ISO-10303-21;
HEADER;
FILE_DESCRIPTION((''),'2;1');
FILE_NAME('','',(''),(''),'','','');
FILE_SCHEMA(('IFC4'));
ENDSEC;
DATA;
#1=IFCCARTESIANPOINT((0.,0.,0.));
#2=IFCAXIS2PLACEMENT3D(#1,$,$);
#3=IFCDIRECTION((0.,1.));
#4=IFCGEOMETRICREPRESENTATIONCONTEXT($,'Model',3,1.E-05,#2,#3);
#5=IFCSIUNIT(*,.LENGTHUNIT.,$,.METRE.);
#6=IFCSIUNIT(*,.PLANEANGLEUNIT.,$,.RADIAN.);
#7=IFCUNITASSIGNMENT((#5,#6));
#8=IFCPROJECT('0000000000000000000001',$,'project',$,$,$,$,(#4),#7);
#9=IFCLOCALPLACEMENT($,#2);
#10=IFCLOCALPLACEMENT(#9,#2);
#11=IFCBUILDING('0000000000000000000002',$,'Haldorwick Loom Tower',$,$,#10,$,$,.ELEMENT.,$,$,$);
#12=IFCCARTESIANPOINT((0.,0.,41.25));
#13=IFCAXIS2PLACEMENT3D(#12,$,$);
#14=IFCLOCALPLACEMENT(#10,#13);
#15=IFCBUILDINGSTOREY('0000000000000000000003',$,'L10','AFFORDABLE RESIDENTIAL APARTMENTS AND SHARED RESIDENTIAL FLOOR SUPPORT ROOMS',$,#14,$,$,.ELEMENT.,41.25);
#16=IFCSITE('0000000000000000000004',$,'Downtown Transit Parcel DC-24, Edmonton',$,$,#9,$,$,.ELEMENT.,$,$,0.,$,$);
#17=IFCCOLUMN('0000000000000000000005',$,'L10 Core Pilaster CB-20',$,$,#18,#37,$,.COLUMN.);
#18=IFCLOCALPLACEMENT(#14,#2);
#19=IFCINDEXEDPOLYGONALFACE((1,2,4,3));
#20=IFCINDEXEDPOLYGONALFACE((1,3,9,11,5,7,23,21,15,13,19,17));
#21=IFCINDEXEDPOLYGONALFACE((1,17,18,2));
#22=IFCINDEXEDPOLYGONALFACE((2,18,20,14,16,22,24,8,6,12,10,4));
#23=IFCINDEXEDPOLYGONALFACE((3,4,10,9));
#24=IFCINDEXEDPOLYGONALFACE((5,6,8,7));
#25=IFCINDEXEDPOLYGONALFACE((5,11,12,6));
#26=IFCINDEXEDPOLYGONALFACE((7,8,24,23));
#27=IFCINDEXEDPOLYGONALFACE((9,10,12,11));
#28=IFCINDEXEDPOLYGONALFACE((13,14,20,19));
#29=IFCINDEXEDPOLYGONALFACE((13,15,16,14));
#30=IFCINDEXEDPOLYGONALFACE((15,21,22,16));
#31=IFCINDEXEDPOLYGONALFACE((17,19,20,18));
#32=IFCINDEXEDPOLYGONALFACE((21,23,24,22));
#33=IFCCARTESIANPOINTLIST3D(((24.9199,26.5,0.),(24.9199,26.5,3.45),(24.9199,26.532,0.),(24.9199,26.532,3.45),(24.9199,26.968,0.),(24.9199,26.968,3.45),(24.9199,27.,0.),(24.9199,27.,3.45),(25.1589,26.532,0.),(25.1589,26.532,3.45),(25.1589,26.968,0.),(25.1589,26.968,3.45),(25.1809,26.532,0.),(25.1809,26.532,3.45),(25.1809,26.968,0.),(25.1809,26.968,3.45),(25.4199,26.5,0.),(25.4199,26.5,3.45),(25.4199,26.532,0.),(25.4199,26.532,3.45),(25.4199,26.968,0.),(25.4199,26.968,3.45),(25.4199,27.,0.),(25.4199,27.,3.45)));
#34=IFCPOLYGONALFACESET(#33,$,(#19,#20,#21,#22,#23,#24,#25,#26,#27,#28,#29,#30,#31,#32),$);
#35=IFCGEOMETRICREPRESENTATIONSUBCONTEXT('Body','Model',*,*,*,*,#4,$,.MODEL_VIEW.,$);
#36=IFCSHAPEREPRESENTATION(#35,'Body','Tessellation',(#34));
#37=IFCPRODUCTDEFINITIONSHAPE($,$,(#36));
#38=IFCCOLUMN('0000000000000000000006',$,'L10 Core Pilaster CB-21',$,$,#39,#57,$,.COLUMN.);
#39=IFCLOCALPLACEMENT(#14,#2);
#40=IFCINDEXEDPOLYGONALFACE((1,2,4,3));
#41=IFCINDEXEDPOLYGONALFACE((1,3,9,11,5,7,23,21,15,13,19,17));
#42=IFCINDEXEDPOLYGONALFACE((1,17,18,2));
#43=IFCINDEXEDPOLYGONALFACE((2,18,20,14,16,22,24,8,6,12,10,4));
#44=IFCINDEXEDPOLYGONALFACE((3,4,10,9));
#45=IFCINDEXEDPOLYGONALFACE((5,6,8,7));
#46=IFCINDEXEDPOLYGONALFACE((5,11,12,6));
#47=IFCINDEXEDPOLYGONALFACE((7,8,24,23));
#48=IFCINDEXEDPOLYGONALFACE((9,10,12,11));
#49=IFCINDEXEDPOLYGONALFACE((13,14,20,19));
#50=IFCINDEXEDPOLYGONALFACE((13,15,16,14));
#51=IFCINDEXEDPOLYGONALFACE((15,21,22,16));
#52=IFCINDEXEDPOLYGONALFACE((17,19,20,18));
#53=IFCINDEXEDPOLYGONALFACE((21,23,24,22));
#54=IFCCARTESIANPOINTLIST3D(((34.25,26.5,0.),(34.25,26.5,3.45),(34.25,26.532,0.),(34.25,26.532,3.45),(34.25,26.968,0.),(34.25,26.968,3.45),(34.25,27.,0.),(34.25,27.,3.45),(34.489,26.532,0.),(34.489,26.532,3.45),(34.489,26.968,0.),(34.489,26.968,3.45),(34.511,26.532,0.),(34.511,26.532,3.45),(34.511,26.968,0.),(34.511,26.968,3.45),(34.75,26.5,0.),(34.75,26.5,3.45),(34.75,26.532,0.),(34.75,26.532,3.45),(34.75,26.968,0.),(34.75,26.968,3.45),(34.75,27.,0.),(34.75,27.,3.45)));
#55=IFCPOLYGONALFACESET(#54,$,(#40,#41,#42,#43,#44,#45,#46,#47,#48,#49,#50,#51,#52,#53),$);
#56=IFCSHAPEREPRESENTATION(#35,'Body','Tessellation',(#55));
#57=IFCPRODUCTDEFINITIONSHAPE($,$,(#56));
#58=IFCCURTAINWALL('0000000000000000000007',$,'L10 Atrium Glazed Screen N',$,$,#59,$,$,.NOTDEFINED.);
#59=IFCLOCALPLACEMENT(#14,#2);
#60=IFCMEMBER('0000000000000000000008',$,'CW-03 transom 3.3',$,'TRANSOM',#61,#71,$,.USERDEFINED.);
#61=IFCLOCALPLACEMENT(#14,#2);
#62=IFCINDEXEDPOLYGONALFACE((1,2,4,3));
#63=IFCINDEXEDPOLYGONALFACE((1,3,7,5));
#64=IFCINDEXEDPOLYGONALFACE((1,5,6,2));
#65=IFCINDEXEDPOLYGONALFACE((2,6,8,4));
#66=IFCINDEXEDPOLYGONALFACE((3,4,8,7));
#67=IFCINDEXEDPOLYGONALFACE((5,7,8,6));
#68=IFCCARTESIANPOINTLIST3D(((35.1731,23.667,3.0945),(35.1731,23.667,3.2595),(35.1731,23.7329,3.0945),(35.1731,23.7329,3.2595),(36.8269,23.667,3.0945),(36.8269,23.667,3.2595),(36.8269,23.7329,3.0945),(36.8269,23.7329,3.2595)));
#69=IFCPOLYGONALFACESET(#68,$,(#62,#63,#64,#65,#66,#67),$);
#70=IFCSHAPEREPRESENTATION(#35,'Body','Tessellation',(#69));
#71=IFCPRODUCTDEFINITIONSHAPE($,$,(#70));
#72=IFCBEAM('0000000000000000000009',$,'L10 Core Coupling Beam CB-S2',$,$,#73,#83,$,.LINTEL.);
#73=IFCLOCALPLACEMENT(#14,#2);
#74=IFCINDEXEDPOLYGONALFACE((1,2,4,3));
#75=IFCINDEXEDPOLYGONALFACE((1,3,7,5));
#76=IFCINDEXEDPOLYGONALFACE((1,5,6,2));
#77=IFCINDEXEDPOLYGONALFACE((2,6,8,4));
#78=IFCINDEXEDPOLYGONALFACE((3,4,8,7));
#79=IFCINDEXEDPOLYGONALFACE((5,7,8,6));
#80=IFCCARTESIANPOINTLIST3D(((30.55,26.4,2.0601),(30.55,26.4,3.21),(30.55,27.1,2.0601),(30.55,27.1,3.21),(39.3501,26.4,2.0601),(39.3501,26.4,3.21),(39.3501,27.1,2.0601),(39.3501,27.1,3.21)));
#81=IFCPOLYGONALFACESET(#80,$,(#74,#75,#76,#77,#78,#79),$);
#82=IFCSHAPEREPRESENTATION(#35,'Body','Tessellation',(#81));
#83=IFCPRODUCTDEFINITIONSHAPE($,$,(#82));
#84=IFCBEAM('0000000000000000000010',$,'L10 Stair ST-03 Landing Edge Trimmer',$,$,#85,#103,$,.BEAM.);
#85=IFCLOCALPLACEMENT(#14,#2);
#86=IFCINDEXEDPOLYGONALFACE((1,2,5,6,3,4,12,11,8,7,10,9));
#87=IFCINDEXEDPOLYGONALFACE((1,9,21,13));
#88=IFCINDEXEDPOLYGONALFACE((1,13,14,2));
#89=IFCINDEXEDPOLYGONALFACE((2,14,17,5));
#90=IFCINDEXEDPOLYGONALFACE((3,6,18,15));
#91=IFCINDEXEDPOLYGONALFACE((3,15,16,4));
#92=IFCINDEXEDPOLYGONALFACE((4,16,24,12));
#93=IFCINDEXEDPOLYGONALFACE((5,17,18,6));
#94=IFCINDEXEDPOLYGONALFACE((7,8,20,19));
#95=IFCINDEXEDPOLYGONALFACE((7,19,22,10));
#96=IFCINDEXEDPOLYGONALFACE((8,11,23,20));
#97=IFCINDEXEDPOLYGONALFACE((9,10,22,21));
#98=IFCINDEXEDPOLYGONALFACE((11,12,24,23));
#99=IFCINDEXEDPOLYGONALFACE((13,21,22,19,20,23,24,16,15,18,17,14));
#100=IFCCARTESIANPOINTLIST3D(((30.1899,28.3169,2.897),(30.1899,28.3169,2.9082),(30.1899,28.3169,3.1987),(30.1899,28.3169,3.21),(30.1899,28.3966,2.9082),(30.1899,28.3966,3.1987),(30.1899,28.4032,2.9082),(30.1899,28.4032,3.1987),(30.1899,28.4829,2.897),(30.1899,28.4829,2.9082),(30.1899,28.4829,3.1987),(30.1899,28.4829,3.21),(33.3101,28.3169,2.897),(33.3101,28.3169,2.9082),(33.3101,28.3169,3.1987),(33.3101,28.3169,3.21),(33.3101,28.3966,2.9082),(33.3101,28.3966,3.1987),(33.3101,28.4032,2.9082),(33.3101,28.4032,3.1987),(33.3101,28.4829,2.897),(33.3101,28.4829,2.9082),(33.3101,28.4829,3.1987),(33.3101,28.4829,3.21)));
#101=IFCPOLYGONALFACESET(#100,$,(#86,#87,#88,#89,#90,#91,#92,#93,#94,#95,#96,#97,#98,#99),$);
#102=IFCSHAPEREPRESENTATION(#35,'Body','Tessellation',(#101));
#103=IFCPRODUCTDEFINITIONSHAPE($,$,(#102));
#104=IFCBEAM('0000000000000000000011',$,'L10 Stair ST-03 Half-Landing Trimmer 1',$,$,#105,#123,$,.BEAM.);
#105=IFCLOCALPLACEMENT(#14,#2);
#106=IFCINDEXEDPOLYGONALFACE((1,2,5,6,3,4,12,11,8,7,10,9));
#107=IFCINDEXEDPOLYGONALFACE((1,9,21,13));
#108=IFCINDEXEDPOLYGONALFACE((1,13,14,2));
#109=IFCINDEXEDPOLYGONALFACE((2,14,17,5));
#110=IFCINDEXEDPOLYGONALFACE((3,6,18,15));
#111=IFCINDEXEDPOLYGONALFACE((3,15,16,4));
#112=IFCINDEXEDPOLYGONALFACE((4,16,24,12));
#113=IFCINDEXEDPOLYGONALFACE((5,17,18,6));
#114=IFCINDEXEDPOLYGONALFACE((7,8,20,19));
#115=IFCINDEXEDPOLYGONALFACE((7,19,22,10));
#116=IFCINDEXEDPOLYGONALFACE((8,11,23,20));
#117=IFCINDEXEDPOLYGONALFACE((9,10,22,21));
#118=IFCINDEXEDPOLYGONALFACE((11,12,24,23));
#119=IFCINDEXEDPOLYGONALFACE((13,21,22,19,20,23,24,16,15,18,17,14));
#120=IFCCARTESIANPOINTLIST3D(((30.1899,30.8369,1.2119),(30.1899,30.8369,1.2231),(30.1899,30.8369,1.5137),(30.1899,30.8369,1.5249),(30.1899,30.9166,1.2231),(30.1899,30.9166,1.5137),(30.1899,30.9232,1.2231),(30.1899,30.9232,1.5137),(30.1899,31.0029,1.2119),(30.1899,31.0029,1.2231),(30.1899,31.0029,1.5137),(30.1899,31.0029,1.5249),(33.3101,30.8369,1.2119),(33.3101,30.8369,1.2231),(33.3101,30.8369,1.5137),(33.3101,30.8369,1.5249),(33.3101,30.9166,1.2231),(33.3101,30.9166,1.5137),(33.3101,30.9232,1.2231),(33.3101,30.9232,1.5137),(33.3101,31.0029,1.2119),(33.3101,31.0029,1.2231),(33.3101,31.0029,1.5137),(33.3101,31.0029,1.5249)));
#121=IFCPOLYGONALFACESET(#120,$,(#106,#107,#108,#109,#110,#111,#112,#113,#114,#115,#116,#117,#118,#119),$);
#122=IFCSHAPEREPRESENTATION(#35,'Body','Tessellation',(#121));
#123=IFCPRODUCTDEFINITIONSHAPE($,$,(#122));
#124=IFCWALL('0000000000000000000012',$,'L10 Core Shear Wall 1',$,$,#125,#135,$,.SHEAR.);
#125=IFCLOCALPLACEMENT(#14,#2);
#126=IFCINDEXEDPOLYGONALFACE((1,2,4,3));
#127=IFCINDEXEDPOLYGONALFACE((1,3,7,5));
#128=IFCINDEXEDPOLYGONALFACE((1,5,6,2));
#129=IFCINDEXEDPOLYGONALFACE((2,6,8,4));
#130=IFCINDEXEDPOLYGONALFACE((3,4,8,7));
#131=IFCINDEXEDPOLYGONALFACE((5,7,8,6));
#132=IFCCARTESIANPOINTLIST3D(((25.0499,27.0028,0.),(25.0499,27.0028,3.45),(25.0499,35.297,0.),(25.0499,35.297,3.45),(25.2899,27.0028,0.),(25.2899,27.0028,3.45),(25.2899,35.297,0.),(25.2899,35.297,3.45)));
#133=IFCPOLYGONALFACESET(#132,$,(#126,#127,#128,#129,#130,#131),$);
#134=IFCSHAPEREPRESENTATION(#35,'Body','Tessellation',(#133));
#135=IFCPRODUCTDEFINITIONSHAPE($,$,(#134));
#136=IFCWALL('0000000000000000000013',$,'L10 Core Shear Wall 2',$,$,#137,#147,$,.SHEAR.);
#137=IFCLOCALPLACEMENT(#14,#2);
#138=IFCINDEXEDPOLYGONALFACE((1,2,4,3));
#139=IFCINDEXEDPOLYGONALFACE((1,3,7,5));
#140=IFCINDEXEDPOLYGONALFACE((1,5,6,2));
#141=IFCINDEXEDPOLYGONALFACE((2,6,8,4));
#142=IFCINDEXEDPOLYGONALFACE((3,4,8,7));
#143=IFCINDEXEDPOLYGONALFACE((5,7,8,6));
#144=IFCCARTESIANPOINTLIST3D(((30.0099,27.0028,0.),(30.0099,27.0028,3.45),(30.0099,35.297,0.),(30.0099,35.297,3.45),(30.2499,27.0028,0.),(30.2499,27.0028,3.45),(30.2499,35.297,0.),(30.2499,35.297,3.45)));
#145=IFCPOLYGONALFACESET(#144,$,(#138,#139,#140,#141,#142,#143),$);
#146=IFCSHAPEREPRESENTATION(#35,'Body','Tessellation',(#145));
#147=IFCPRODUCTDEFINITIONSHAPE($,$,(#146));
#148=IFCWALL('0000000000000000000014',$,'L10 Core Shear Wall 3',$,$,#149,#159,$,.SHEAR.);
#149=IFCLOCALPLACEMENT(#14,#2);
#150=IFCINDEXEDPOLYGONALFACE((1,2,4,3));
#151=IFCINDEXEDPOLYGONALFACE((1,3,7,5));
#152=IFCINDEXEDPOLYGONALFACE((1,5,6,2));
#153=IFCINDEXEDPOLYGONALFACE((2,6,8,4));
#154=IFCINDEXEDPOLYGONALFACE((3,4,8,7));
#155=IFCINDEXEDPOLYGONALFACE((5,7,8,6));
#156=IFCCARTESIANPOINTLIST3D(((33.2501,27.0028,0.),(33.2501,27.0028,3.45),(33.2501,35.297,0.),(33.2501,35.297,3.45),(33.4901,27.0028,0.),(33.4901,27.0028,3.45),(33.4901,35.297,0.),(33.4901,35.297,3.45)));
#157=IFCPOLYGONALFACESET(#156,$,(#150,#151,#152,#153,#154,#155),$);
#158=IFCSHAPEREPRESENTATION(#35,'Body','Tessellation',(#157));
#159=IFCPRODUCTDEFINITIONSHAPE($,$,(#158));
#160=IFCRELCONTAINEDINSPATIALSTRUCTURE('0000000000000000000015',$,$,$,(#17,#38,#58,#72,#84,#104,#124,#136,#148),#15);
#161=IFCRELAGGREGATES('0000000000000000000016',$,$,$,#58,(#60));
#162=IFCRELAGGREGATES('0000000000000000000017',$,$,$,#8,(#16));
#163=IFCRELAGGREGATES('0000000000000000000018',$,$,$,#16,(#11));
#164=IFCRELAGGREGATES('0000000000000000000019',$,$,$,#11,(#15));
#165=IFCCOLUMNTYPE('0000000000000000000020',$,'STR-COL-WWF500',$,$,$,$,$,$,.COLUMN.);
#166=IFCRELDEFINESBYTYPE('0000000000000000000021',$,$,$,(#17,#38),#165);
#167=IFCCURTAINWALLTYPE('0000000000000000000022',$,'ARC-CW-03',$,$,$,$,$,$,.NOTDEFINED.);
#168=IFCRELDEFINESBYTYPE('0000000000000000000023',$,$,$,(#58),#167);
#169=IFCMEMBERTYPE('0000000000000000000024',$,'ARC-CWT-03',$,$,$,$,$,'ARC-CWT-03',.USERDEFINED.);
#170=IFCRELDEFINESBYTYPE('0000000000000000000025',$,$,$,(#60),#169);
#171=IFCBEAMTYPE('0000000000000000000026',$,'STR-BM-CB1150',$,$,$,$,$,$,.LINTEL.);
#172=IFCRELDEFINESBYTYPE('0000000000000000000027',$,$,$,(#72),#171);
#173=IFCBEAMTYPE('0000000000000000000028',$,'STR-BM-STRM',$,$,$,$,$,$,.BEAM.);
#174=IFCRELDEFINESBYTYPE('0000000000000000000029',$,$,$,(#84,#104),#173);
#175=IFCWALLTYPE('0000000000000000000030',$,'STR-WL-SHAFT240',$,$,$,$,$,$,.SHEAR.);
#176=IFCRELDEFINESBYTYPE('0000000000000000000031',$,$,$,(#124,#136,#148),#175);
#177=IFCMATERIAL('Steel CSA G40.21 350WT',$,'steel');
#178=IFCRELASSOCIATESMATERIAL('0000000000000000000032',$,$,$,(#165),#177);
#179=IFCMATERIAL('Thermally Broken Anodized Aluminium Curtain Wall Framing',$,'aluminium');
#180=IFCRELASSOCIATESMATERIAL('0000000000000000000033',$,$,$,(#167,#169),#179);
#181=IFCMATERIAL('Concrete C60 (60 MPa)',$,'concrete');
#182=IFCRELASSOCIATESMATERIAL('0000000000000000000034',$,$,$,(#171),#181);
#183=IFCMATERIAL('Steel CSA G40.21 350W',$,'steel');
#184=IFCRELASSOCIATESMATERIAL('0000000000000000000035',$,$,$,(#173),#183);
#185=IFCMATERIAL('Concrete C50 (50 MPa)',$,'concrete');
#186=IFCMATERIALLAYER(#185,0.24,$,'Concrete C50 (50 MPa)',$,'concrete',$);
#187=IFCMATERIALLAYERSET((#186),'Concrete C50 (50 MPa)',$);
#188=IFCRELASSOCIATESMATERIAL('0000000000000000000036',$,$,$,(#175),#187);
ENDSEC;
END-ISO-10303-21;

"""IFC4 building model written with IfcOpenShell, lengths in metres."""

from ifc_helpers import new_model, si_unit, direction, frame, frame_2d, origin, origin_2d, place, context, subcontext, project, spatial, rectangle, i_section, extrude, material, layer, layer_set, material_profile, profile_set, type_object, element, aggregate, save


model = new_model("IFC4")

# Units and contexts
model_context = context("Model", 3, precision=1e-05, world=origin(), true_north=direction((0.0, 1.0)))
body_context = subcontext(model_context, "Body", "Model", "MODEL_VIEW")
ifc_project = project(units=[si_unit("LENGTHUNIT", "METRE"), si_unit("PLANEANGLEUNIT", "RADIAN")], contexts=[model_context])

# Site, building, storey
site_placement = place(None, origin())
site = spatial("IfcSite", under=ifc_project, at=site_placement, Name="Downtown Transit Parcel DC-24, Edmonton", CompositionType="ELEMENT", RefElevation=0.0)
building_placement = place(site_placement, origin())
building = spatial("IfcBuilding", under=site, at=building_placement, Name="Haldorwick Loom Tower", CompositionType="ELEMENT")
storey_placement = place(building_placement, frame((0.0, 0.0, 41.25)))
storey = spatial("IfcBuildingStorey", under=building, at=storey_placement, Name="L10", Description="AFFORDABLE RESIDENTIAL APARTMENTS AND SHARED RESIDENTIAL FLOOR SUPPORT ROOMS", CompositionType="ELEMENT", Elevation=41.25)

# Columns
ifc_material_1 = material(Name="Steel CSA G40.21 350WT", Category="steel")
ifc_material_profile_1 = material_profile(ifc_material_1, i_section(OverallWidth=0.5, OverallDepth=0.5, WebThickness=0.022, FlangeThickness=0.032, at=origin_2d()), Name="WWF500X500", Category="steel")
ifc_profile_set_1 = profile_set([ifc_material_profile_1], Name="Steel CSA G40.21 350WT")
column_type = type_object("IfcColumnType", Name="STR-COL-WWF500", PredefinedType="COLUMN", material=ifc_profile_set_1)
for number, where, z_axis, x_axis, name in (
    (1, (25.1699, 26.75, 0.0), (0.0, 0.0, 1.0), (1.0, 0.0, 0.0), "L10 Core Pilaster CB-20"),
    (2, (34.5, 26.75, 0.0), (0.0, 0.0, 1.0), (1.0, 0.0, 0.0), "L10 Core Pilaster CB-21"),
):
    element("IfcColumn", number, at=place(storey_placement, frame(where, z_axis=z_axis, x_axis=x_axis)), inside=storey, type_object=column_type, Name=name, PredefinedType="COLUMN", context=body_context, shape_type="SweptSolid", body=[
        extrude(i_section(OverallWidth=0.5, OverallDepth=0.5, WebThickness=0.022, FlangeThickness=0.032, at=origin_2d()), origin(), (0.0, 0.0, 1.0), 3.45),
    ])

# Curtain wall, member
ifc_material_2 = material(Name="Thermally Broken Anodized Aluminium Curtain Wall Framing", Category="aluminium")
curtain_wall_type = type_object("IfcCurtainWallType", Name="ARC-CW-03", PredefinedType="NOTDEFINED", material=ifc_material_2)
curtain_wall_placement = place(storey_placement, origin())
curtain_wall = element("IfcCurtainWall", 3, at=curtain_wall_placement, inside=storey, type_object=curtain_wall_type, Name="L10 Atrium Glazed Screen N", PredefinedType="NOTDEFINED")
ifc_material_profile_2 = material_profile(ifc_material_2, rectangle(XDim=0.0659, YDim=0.165, at=origin_2d()), Name="ALU_TRN_66X165", Category="aluminium")
ifc_profile_set_2 = profile_set([ifc_material_profile_2], Name="Thermally Broken Anodized Aluminium Curtain Wall Framing")
member_type = type_object("IfcMemberType", Name="ARC-CWT-03", ElementType="ARC-CWT-03", PredefinedType="USERDEFINED", material=ifc_profile_set_2)
member_placement = place(storey_placement, frame((35.1731, 23.7, 3.177), z_axis=(1.0, 0.0, 0.0), x_axis=(0.0, 1.0, 0.0)))
member = element("IfcMember", 4, at=member_placement, type_object=member_type, Name="CW-03 transom 3.3", ObjectType="TRANSOM", PredefinedType="USERDEFINED", context=body_context, shape_type="SweptSolid", body=[
    extrude(rectangle(XDim=0.0659, YDim=0.165, at=origin_2d()), origin(), (0.0, 0.0, 1.0), 1.6538),
])
aggregate(curtain_wall, [member])

# Beams
ifc_material_3 = material(Name="Concrete C60 (60 MPa)", Category="concrete")
ifc_material_profile_3 = material_profile(ifc_material_3, rectangle(XDim=0.7, YDim=1.1499, at=origin_2d()), Name="RC700X1150", Category="concrete")
ifc_profile_set_3 = profile_set([ifc_material_profile_3], Name="Concrete C60 (60 MPa)")
beam_type_1 = type_object("IfcBeamType", Name="STR-BM-CB1150", PredefinedType="LINTEL", material=ifc_profile_set_3)
beam_placement = place(storey_placement, frame((30.55, 26.75, 2.635), z_axis=(1.0, 0.0, 0.0), x_axis=(0.0, 1.0, 0.0)))
element("IfcBeam", 5, at=beam_placement, inside=storey, type_object=beam_type_1, Name="L10 Core Coupling Beam CB-S2", PredefinedType="LINTEL", context=body_context, shape_type="SweptSolid", body=[
    extrude(rectangle(XDim=0.7, YDim=1.1499, at=origin_2d()), origin(), (0.0, 0.0, 1.0), 8.8),
])
ifc_material_4 = material(Name="Steel CSA G40.21 350W", Category="steel")
ifc_material_profile_4 = material_profile(ifc_material_4, i_section(OverallWidth=0.166, OverallDepth=0.313, WebThickness=0.0066, FlangeThickness=0.0112, at=origin_2d()), Name="W310X45", Category="steel")
ifc_profile_set_4 = profile_set([ifc_material_profile_4], Name="Steel CSA G40.21 350W")
beam_type_2 = type_object("IfcBeamType", Name="STR-BM-STRM", PredefinedType="BEAM", material=ifc_profile_set_4)
for number, where, z_axis, x_axis, name in (
    (6, (30.1899, 28.3999, 3.0535), (1.0, 0.0, 0.0), (0.0, 1.0, 0.0), "L10 Stair ST-03 Landing Edge Trimmer"),
    (7, (30.1899, 30.9199, 1.3684), (1.0, 0.0, 0.0), (0.0, 1.0, 0.0), "L10 Stair ST-03 Half-Landing Trimmer 1"),
):
    element("IfcBeam", number, at=place(storey_placement, frame(where, z_axis=z_axis, x_axis=x_axis)), inside=storey, type_object=beam_type_2, Name=name, PredefinedType="BEAM", context=body_context, shape_type="SweptSolid", body=[
        extrude(i_section(OverallWidth=0.166, OverallDepth=0.313, WebThickness=0.0066, FlangeThickness=0.0112, at=origin_2d()), origin(), (0.0, 0.0, 1.0), 3.1201),
    ])

# Walls
ifc_material_5 = material(Name="Concrete C50 (50 MPa)", Category="concrete")
ifc_layer = layer(ifc_material_5, 0.24, Name="Concrete C50 (50 MPa)", Category="concrete")
ifc_layer_set = layer_set([ifc_layer], Name="Concrete C50 (50 MPa)")
wall_type = type_object("IfcWallType", Name="STR-WL-SHAFT240", PredefinedType="SHEAR", material=ifc_layer_set)
for number, where, z_axis, x_axis, name in (
    (8, (25.1699, 27.0029, 0.0), (0.0, 0.0, 1.0), (0.0, 1.0, 0.0), "L10 Core Shear Wall 1"),
    (9, (30.1299, 27.0029, 0.0), (0.0, 0.0, 1.0), (0.0, 1.0, 0.0), "L10 Core Shear Wall 2"),
    (10, (33.3701, 27.0029, 0.0), (0.0, 0.0, 1.0), (0.0, 1.0, 0.0), "L10 Core Shear Wall 3"),
):
    element("IfcWall", number, at=place(storey_placement, frame(where, z_axis=z_axis, x_axis=x_axis)), inside=storey, type_object=wall_type, Name=name, PredefinedType="SHEAR", context=body_context, shape_type="SweptSolid", body=[
        extrude(rectangle(XDim=8.2942, YDim=0.24, at=frame_2d((4.147, 0.0))), origin(), (0.0, 0.0, 1.0), 3.45),
    ])

save(model, "model.ifc")
